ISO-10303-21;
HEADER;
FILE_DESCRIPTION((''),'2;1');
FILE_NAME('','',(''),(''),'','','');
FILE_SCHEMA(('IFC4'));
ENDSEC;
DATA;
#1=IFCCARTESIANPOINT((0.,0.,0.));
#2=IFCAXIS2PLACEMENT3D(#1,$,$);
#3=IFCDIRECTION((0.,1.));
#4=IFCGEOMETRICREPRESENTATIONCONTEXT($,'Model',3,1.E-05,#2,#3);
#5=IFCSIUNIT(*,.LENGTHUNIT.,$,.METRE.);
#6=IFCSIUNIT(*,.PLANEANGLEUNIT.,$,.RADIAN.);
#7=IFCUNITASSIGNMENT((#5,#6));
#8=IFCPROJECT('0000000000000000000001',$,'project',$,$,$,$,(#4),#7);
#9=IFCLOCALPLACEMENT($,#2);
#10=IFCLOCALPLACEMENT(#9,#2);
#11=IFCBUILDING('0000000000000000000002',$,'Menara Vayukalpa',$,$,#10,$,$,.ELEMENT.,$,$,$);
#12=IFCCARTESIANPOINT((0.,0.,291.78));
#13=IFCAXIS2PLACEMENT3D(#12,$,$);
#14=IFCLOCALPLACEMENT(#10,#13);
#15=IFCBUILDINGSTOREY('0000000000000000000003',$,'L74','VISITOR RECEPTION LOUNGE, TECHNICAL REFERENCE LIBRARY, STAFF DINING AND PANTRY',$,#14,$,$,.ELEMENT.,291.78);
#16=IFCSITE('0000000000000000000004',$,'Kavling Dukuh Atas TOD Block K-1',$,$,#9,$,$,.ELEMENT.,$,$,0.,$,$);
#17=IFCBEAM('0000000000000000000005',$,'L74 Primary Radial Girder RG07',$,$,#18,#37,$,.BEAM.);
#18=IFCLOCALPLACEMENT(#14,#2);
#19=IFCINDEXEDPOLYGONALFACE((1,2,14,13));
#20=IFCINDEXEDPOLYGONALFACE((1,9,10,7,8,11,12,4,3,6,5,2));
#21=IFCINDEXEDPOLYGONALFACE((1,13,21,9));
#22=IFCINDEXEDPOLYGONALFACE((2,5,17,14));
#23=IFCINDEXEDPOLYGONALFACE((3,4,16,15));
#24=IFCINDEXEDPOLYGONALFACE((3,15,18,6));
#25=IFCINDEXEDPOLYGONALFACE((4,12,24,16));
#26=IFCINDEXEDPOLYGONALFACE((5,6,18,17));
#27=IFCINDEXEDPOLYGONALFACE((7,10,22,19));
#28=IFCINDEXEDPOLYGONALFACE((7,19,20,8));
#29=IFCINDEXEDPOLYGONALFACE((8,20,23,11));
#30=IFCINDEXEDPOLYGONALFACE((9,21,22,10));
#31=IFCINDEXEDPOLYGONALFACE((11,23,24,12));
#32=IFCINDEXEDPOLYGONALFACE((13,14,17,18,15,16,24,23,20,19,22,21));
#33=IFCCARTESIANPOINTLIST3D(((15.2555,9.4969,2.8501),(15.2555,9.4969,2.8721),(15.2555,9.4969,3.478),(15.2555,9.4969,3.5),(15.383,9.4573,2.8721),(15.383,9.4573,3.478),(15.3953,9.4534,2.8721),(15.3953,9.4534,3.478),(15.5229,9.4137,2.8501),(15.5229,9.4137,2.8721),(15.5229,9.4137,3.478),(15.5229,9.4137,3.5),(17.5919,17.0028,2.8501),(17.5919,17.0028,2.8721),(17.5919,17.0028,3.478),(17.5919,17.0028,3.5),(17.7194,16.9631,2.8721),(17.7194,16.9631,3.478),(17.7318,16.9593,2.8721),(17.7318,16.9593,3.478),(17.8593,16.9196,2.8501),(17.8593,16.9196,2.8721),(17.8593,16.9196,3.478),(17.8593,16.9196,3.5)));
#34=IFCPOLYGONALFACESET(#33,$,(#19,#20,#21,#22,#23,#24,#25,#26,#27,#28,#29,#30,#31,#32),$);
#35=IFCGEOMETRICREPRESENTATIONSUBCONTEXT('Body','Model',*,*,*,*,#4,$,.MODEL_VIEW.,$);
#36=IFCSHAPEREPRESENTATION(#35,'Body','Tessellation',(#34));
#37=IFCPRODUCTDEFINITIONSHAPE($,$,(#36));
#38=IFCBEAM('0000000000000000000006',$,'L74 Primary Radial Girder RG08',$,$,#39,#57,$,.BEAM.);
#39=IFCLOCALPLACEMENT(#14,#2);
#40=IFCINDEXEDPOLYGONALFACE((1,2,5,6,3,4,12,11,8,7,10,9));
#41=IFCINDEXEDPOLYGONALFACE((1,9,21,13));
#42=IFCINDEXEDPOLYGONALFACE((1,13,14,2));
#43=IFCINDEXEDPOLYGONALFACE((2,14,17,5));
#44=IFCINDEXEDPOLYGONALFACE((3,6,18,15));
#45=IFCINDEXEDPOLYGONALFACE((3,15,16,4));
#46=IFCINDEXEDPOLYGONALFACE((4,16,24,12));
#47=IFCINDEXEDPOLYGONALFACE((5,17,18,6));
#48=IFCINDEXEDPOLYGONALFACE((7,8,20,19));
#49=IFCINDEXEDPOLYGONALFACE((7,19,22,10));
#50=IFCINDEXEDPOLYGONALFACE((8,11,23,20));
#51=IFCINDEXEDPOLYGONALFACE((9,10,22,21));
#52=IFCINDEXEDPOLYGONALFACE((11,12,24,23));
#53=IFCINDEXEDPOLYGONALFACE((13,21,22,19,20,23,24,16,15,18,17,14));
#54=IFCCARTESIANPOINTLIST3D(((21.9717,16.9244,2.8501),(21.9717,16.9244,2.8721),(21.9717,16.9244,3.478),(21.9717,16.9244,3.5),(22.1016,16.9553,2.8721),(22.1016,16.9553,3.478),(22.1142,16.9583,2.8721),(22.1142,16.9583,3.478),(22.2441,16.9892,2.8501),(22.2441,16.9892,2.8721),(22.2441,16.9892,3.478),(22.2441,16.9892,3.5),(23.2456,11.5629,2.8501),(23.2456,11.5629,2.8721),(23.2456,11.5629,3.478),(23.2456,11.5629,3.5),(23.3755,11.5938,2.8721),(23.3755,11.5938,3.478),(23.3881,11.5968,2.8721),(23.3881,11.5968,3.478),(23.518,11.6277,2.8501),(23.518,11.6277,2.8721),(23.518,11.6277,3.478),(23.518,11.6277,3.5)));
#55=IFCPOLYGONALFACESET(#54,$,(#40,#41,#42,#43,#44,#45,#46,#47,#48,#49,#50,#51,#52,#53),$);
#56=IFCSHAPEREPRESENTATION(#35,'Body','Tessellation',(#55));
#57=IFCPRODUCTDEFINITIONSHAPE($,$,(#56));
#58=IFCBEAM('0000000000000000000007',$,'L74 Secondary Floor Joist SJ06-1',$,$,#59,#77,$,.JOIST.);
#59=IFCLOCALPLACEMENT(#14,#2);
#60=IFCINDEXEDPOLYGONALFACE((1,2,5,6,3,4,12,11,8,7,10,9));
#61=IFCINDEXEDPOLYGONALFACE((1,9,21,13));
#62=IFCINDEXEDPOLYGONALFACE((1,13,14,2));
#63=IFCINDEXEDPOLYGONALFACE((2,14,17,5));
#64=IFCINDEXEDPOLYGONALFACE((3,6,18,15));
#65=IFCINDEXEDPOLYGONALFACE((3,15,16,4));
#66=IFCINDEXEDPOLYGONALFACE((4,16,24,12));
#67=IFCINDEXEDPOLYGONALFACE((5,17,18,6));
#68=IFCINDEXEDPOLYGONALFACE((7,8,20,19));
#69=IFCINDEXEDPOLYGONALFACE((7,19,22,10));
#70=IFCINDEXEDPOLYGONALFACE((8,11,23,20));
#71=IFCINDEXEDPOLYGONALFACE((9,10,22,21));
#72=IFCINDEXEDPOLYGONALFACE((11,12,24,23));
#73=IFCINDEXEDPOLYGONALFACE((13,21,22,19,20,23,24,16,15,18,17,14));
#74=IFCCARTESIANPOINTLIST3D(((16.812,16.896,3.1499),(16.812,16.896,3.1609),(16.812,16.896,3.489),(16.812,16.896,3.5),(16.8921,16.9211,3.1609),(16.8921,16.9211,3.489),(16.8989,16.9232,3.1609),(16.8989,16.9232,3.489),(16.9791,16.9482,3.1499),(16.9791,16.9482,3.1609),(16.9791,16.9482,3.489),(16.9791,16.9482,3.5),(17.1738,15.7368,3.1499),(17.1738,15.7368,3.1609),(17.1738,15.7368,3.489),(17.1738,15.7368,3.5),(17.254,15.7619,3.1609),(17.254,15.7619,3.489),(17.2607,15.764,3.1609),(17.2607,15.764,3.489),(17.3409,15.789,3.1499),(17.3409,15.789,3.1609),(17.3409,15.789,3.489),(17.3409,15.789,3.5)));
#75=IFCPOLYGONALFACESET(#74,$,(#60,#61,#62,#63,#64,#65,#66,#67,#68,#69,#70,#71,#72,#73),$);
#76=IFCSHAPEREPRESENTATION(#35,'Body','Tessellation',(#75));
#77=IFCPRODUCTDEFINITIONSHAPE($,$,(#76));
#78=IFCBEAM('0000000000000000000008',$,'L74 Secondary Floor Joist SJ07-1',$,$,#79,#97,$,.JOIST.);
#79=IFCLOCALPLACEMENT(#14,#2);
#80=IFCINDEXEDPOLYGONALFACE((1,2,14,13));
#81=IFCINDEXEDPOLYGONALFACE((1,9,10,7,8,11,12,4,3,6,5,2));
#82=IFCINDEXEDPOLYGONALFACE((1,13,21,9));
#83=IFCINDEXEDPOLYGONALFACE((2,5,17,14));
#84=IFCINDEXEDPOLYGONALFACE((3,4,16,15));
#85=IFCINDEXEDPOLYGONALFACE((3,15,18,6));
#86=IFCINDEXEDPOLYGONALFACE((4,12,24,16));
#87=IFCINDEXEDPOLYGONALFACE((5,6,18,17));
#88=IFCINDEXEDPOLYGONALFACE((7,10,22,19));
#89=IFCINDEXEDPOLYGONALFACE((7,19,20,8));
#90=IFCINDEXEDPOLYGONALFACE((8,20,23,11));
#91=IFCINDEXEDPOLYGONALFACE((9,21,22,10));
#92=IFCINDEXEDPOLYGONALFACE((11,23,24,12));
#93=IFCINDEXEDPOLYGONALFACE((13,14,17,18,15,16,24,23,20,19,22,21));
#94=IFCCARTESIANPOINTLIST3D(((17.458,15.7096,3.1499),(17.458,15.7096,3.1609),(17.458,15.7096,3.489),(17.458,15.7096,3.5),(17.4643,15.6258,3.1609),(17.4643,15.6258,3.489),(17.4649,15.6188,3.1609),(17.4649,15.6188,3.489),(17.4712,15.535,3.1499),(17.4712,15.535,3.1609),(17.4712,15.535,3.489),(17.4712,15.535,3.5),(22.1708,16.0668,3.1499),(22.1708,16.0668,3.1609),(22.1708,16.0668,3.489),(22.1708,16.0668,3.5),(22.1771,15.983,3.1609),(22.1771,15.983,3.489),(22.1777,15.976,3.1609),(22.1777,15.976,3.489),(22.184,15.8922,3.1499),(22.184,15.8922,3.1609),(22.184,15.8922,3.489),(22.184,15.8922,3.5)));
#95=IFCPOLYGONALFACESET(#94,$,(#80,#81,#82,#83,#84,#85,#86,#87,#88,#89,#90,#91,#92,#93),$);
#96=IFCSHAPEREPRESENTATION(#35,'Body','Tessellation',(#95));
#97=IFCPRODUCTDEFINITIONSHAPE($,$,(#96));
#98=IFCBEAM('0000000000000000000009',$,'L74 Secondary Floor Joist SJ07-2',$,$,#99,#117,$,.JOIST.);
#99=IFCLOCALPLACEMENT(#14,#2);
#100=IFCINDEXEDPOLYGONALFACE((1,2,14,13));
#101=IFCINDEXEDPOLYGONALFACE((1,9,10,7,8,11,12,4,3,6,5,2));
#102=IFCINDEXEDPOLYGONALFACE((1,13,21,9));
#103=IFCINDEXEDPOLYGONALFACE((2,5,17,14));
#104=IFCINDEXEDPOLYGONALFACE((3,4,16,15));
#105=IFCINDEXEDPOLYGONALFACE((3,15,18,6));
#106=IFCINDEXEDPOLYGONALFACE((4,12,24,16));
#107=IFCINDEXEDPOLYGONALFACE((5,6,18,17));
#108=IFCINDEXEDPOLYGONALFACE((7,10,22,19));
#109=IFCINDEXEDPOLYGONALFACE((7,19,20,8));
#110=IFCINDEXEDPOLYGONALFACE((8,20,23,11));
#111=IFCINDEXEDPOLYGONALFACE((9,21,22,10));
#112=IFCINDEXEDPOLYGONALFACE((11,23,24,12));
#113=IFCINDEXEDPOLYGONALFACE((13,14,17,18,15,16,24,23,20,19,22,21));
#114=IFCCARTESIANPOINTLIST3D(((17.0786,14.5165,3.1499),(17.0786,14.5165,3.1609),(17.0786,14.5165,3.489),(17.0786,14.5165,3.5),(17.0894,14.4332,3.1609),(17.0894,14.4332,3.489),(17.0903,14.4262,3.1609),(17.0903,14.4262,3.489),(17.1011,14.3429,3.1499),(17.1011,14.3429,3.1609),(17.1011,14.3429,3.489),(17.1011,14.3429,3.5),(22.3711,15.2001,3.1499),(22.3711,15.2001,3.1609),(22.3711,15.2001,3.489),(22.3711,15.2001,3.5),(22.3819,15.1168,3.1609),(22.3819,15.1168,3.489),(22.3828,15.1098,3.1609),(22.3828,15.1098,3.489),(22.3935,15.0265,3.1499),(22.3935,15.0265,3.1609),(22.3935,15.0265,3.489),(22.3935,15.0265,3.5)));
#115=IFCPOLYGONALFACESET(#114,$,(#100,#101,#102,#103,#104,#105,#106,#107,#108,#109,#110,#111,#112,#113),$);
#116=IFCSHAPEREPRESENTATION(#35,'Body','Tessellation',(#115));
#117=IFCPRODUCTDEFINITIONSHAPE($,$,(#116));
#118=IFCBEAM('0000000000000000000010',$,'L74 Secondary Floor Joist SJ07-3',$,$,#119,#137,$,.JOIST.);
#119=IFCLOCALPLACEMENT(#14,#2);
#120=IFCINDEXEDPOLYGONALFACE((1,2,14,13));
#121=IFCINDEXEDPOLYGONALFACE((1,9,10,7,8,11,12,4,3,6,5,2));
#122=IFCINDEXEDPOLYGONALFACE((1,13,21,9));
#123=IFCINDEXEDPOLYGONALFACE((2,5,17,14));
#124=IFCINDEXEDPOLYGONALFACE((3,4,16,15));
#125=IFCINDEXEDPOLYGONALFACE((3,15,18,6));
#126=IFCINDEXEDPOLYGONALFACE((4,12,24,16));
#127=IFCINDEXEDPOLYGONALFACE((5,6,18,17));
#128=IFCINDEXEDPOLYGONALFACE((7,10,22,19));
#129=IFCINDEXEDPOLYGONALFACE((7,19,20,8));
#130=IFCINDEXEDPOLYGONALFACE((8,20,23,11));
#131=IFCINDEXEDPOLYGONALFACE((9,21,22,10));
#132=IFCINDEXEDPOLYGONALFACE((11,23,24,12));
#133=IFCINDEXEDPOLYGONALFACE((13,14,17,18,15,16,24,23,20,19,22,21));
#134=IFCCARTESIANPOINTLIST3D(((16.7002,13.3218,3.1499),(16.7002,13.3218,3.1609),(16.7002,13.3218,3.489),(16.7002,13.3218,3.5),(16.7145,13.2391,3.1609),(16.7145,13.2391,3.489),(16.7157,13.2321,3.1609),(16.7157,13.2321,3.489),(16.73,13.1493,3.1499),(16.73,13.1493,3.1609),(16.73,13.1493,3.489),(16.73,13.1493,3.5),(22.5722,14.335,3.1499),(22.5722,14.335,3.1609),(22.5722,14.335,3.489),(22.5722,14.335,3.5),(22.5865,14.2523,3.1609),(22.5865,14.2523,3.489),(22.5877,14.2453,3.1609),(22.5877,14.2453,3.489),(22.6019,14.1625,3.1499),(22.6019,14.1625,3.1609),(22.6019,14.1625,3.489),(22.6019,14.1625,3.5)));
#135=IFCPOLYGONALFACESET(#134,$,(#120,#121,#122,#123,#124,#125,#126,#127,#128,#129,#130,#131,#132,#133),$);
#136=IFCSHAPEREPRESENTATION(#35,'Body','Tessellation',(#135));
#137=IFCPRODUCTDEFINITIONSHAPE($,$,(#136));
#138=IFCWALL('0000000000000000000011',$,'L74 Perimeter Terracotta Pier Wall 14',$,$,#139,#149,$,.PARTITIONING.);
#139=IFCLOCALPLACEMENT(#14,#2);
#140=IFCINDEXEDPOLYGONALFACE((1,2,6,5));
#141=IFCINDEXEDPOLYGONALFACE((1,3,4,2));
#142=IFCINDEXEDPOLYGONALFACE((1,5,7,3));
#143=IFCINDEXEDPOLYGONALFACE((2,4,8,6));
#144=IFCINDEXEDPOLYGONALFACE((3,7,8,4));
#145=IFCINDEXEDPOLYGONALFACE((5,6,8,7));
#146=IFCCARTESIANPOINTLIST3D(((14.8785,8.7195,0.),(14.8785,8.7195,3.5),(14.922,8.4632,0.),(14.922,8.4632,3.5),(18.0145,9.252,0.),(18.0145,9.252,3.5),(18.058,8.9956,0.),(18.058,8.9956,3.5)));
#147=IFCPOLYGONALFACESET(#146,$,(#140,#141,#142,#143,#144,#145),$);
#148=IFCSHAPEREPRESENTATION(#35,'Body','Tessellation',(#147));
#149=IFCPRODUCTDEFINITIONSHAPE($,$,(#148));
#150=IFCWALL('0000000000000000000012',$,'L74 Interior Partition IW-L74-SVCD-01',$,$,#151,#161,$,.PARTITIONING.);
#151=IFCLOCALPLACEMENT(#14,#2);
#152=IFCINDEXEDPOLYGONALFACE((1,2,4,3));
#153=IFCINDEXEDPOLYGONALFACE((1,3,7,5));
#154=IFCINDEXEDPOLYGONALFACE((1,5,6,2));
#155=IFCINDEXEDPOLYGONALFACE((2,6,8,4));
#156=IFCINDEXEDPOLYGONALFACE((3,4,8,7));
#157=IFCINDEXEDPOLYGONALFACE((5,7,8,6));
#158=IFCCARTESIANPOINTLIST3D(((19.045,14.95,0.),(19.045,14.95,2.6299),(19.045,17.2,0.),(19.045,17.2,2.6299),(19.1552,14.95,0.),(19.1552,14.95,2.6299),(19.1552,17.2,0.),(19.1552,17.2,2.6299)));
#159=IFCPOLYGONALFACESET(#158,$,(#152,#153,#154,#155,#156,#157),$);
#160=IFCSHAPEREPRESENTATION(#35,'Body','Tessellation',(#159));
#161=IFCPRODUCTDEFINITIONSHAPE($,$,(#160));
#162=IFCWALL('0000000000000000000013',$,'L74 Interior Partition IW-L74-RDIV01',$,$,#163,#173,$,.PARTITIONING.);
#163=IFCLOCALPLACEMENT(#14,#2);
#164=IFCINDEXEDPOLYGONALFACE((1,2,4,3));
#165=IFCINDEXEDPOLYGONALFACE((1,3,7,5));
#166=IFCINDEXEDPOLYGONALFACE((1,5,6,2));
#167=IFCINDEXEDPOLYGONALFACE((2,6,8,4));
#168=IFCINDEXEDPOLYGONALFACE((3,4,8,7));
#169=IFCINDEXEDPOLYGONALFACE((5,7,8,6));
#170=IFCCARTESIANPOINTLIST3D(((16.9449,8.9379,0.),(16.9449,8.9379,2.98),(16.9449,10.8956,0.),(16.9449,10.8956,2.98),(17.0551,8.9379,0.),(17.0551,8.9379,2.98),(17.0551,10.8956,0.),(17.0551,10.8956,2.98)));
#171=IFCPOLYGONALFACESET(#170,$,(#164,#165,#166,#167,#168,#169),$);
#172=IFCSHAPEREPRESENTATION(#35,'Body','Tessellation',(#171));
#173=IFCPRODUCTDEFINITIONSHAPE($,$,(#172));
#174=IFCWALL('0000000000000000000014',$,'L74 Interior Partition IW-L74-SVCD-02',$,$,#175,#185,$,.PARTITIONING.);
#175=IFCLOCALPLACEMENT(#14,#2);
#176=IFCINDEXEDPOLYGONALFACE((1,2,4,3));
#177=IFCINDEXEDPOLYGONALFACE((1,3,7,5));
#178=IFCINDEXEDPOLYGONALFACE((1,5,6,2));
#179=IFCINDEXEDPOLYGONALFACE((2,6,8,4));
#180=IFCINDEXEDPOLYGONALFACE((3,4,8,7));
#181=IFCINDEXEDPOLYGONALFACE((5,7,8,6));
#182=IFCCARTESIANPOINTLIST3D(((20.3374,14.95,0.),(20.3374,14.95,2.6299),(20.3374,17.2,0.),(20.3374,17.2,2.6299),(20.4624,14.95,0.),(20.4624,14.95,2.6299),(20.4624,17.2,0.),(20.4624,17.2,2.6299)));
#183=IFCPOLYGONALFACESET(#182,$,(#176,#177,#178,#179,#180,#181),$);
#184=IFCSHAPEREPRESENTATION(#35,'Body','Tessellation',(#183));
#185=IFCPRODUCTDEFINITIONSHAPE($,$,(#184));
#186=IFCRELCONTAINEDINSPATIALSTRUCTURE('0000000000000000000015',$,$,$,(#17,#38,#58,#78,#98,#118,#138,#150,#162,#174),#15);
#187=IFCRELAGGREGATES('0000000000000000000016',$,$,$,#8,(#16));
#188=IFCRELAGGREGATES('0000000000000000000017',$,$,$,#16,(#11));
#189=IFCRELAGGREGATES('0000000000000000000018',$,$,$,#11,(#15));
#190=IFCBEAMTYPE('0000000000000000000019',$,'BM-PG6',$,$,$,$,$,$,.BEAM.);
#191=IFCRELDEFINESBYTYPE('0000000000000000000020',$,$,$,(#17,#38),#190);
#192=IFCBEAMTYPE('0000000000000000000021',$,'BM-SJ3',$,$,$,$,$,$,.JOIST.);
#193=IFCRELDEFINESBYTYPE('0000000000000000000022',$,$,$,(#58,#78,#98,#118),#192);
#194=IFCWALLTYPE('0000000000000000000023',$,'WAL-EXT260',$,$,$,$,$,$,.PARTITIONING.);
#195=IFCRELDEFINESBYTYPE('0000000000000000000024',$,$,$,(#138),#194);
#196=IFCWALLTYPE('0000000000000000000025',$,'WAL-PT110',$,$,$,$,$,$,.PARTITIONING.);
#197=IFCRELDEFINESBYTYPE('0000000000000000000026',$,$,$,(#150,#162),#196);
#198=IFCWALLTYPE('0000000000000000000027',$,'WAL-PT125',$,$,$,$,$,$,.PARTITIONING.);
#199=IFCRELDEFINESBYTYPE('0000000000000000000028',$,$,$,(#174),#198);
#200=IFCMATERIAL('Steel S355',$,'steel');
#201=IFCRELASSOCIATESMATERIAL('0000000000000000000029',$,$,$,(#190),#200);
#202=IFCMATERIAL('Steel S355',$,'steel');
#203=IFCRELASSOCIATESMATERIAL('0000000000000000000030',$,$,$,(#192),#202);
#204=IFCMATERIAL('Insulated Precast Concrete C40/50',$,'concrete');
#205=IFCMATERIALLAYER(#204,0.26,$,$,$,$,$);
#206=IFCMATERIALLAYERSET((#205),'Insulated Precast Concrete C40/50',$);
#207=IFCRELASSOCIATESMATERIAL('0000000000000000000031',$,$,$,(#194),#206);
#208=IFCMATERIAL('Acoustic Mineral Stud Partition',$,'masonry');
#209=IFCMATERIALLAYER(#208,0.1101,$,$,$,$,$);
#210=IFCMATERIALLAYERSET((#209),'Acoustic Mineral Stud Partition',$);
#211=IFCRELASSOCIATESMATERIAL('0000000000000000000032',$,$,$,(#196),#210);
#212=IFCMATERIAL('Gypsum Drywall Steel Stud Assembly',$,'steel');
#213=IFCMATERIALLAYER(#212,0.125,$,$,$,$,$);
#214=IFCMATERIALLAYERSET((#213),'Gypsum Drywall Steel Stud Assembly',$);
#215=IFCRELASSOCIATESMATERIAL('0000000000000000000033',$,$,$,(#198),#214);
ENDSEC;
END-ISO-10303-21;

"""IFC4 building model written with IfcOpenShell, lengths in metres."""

from ifc_helpers import new_model, si_unit, direction, frame, frame_2d, origin, origin_2d, place, context, subcontext, project, spatial, rectangle, i_section, extrude, material, layer, layer_set, material_profile, profile_set, type_object, element, save


model = new_model("IFC4")

# Units and contexts
model_context = context("Model", 3, precision=1e-05, world=origin(), true_north=direction((0.0, 1.0)))
body_context = subcontext(model_context, "Body", "Model", "MODEL_VIEW")
ifc_project = project(units=[si_unit("LENGTHUNIT", "METRE"), si_unit("PLANEANGLEUNIT", "RADIAN")], contexts=[model_context])

# Site, building, storey
site_placement = place(None, origin())
site = spatial("IfcSite", under=ifc_project, at=site_placement, Name="Kavling Dukuh Atas TOD Block K-1", CompositionType="ELEMENT", RefElevation=0.0)
building_placement = place(site_placement, origin())
building = spatial("IfcBuilding", under=site, at=building_placement, Name="Menara Vayukalpa", CompositionType="ELEMENT")
storey_placement = place(building_placement, frame((0.0, 0.0, 291.78)))
storey = spatial("IfcBuildingStorey", under=building, at=storey_placement, Name="L74", Description="VISITOR RECEPTION LOUNGE, TECHNICAL REFERENCE LIBRARY, STAFF DINING AND PANTRY", CompositionType="ELEMENT", Elevation=291.78)

# Beams
ifc_material_1 = material(Name="Steel S355", Category="steel")
ifc_material_profile_1 = material_profile(ifc_material_1, i_section(OverallWidth=0.28, OverallDepth=0.6499, WebThickness=0.0129, FlangeThickness=0.022, at=origin_2d()), Name="WF 650x280x13x22")
ifc_profile_set_1 = profile_set([ifc_material_profile_1], Name="Steel S355")
beam_type_1 = type_object("IfcBeamType", Name="BM-PG6", PredefinedType="BEAM", material=ifc_profile_set_1)
beam_1_placement = place(storey_placement, frame((17.7256, 16.9612, 3.175), z_axis=(-0.297214, -0.954811, 0.0), x_axis=(0.954811, -0.297214, 0.0)))
element("IfcBeam", 1, at=beam_1_placement, inside=storey, type_object=beam_type_1, Name="L74 Primary Radial Girder RG07", PredefinedType="BEAM", context=body_context, shape_type="SweptSolid", body=[
    extrude(i_section(OverallWidth=0.28, OverallDepth=0.6499, WebThickness=0.0129, FlangeThickness=0.022, at=origin_2d()), origin(), (0.0, 0.0, 1.0), 7.8611),
])
beam_2_placement = place(storey_placement, frame((22.1079, 16.9568, 3.175), z_axis=(0.231167, -0.972914, 0.0), x_axis=(0.972914, 0.231167, 0.0)))
element("IfcBeam", 2, at=beam_2_placement, inside=storey, type_object=beam_type_1, Name="L74 Primary Radial Girder RG08", PredefinedType="BEAM", context=body_context, shape_type="SweptSolid", body=[
    extrude(i_section(OverallWidth=0.28, OverallDepth=0.6499, WebThickness=0.0129, FlangeThickness=0.022, at=origin_2d()), origin(), (0.0, 0.0, 1.0), 5.5107),
])
ifc_material_2 = material(Name="Steel S355", Category="steel")
ifc_material_profile_2 = material_profile(ifc_material_2, i_section(OverallWidth=0.175, OverallDepth=0.3501, WebThickness=0.0071, FlangeThickness=0.011, at=origin_2d()), Name="WF 350x175x7x11")
ifc_profile_set_2 = profile_set([ifc_material_profile_2], Name="Steel S355")
beam_type_2 = type_object("IfcBeamType", Name="BM-SJ3", PredefinedType="JOIST", material=ifc_profile_set_2)
beam_3_placement = place(storey_placement, frame((16.8955, 16.9221, 3.325), z_axis=(0.297954, -0.95458, 0.0), x_axis=(0.95458, 0.297954, 0.0)))
element("IfcBeam", 3, at=beam_3_placement, inside=storey, type_object=beam_type_2, Name="L74 Secondary Floor Joist SJ06-1", PredefinedType="JOIST", context=body_context, shape_type="SweptSolid", body=[
    extrude(i_section(OverallWidth=0.175, OverallDepth=0.3501, WebThickness=0.0071, FlangeThickness=0.011, at=origin_2d()), origin(), (0.0, 0.0, 1.0), 1.2144),
])
beam_4_placement = place(storey_placement, frame((17.4646, 15.6223, 3.325), z_axis=(0.99714, 0.075571, 0.0), x_axis=(-0.075571, 0.99714, 0.0)))
element("IfcBeam", 4, at=beam_4_placement, inside=storey, type_object=beam_type_2, Name="L74 Secondary Floor Joist SJ07-1", PredefinedType="JOIST", context=body_context, shape_type="SweptSolid", body=[
    extrude(i_section(OverallWidth=0.175, OverallDepth=0.3501, WebThickness=0.0071, FlangeThickness=0.011, at=origin_2d()), origin(), (0.0, 0.0, 1.0), 4.7263),
])
beam_5_placement = place(storey_placement, frame((17.0898, 14.4297, 3.325), z_axis=(0.991761, 0.128099, 0.0), x_axis=(-0.128099, 0.991761, 0.0)))
element("IfcBeam", 5, at=beam_5_placement, inside=storey, type_object=beam_type_2, Name="L74 Secondary Floor Joist SJ07-2", PredefinedType="JOIST", context=body_context, shape_type="SweptSolid", body=[
    extrude(i_section(OverallWidth=0.175, OverallDepth=0.3501, WebThickness=0.0071, FlangeThickness=0.011, at=origin_2d()), origin(), (0.0, 0.0, 1.0), 5.3364),
])
beam_6_placement = place(storey_placement, frame((16.7151, 13.2356, 3.325), z_axis=(0.985439, 0.17003, 0.0), x_axis=(-0.17003, 0.985439, 0.0)))
element("IfcBeam", 6, at=beam_6_placement, inside=storey, type_object=beam_type_2, Name="L74 Secondary Floor Joist SJ07-3", PredefinedType="JOIST", context=body_context, shape_type="SweptSolid", body=[
    extrude(i_section(OverallWidth=0.175, OverallDepth=0.3501, WebThickness=0.0071, FlangeThickness=0.011, at=origin_2d()), origin(), (0.0, 0.0, 1.0), 5.9587),
])

# Walls
ifc_material_3 = material(Name="Insulated Precast Concrete C40/50", Category="concrete")
ifc_layer_1 = layer(ifc_material_3, 0.26)
ifc_layer_set_1 = layer_set([ifc_layer_1], Name="Insulated Precast Concrete C40/50")
wall_type_1 = type_object("IfcWallType", Name="WAL-EXT260", PredefinedType="PARTITIONING", material=ifc_layer_set_1)
wall_1_placement = place(storey_placement, frame((18.0361, 9.1238, 0.0), z_axis=(0.0, 0.0, 1.0), x_axis=(-0.985889, -0.167398, 0.0)))
element("IfcWall", 7, at=wall_1_placement, inside=storey, type_object=wall_type_1, Name="L74 Perimeter Terracotta Pier Wall 14", PredefinedType="PARTITIONING", context=body_context, shape_type="SweptSolid", body=[
    extrude(rectangle(XDim=3.1809, YDim=0.26, at=frame_2d((1.5903, 0.0))), origin(), (0.0, 0.0, 1.0), 3.5),
])
ifc_material_4 = material(Name="Acoustic Mineral Stud Partition", Category="masonry")
ifc_layer_2 = layer(ifc_material_4, 0.1101)
ifc_layer_set_2 = layer_set([ifc_layer_2], Name="Acoustic Mineral Stud Partition")
wall_type_2 = type_object("IfcWallType", Name="WAL-PT110", PredefinedType="PARTITIONING", material=ifc_layer_set_2)
wall_2_placement = place(storey_placement, frame((19.1001, 14.95, 0.0), z_axis=(0.0, 0.0, 1.0), x_axis=(0.0, 1.0, 0.0)))
element("IfcWall", 8, at=wall_2_placement, inside=storey, type_object=wall_type_2, Name="L74 Interior Partition IW-L74-SVCD-01", PredefinedType="PARTITIONING", context=body_context, shape_type="SweptSolid", body=[
    extrude(rectangle(XDim=2.25, YDim=0.1101, at=frame_2d((1.125, 0.0))), origin(), (0.0, 0.0, 1.0), 2.6299),
])
wall_3_placement = place(storey_placement, frame((17.0, 8.9377, 0.0), z_axis=(0.0, 0.0, 1.0), x_axis=(0.0, 1.0, 0.0)))
element("IfcWall", 9, at=wall_3_placement, inside=storey, type_object=wall_type_2, Name="L74 Interior Partition IW-L74-RDIV01", PredefinedType="PARTITIONING", context=body_context, shape_type="SweptSolid", body=[
    extrude(rectangle(XDim=1.9578, YDim=0.1101, at=frame_2d((0.979, 0.0))), origin(), (0.0, 0.0, 1.0), 2.98),
])
ifc_material_5 = material(Name="Gypsum Drywall Steel Stud Assembly", Category="steel")
ifc_layer_3 = layer(ifc_material_5, 0.125)
ifc_layer_set_3 = layer_set([ifc_layer_3], Name="Gypsum Drywall Steel Stud Assembly")
wall_type_3 = type_object("IfcWallType", Name="WAL-PT125", PredefinedType="PARTITIONING", material=ifc_layer_set_3)
for number, where, z_axis, x_axis, name in (
    (10, (20.3999, 14.95, 0.0), (0.0, 0.0, 1.0), (0.0, 1.0, 0.0), "L74 Interior Partition IW-L74-SVCD-02"),
):
    element("IfcWall", number, at=place(storey_placement, frame(where, z_axis=z_axis, x_axis=x_axis)), inside=storey, type_object=wall_type_3, Name=name, PredefinedType="PARTITIONING", context=body_context, shape_type="SweptSolid", body=[
        extrude(rectangle(XDim=2.25, YDim=0.125, at=frame_2d((1.125, 0.0))), origin(), (0.0, 0.0, 1.0), 2.6299),
    ])

save(model, "model.ifc")
